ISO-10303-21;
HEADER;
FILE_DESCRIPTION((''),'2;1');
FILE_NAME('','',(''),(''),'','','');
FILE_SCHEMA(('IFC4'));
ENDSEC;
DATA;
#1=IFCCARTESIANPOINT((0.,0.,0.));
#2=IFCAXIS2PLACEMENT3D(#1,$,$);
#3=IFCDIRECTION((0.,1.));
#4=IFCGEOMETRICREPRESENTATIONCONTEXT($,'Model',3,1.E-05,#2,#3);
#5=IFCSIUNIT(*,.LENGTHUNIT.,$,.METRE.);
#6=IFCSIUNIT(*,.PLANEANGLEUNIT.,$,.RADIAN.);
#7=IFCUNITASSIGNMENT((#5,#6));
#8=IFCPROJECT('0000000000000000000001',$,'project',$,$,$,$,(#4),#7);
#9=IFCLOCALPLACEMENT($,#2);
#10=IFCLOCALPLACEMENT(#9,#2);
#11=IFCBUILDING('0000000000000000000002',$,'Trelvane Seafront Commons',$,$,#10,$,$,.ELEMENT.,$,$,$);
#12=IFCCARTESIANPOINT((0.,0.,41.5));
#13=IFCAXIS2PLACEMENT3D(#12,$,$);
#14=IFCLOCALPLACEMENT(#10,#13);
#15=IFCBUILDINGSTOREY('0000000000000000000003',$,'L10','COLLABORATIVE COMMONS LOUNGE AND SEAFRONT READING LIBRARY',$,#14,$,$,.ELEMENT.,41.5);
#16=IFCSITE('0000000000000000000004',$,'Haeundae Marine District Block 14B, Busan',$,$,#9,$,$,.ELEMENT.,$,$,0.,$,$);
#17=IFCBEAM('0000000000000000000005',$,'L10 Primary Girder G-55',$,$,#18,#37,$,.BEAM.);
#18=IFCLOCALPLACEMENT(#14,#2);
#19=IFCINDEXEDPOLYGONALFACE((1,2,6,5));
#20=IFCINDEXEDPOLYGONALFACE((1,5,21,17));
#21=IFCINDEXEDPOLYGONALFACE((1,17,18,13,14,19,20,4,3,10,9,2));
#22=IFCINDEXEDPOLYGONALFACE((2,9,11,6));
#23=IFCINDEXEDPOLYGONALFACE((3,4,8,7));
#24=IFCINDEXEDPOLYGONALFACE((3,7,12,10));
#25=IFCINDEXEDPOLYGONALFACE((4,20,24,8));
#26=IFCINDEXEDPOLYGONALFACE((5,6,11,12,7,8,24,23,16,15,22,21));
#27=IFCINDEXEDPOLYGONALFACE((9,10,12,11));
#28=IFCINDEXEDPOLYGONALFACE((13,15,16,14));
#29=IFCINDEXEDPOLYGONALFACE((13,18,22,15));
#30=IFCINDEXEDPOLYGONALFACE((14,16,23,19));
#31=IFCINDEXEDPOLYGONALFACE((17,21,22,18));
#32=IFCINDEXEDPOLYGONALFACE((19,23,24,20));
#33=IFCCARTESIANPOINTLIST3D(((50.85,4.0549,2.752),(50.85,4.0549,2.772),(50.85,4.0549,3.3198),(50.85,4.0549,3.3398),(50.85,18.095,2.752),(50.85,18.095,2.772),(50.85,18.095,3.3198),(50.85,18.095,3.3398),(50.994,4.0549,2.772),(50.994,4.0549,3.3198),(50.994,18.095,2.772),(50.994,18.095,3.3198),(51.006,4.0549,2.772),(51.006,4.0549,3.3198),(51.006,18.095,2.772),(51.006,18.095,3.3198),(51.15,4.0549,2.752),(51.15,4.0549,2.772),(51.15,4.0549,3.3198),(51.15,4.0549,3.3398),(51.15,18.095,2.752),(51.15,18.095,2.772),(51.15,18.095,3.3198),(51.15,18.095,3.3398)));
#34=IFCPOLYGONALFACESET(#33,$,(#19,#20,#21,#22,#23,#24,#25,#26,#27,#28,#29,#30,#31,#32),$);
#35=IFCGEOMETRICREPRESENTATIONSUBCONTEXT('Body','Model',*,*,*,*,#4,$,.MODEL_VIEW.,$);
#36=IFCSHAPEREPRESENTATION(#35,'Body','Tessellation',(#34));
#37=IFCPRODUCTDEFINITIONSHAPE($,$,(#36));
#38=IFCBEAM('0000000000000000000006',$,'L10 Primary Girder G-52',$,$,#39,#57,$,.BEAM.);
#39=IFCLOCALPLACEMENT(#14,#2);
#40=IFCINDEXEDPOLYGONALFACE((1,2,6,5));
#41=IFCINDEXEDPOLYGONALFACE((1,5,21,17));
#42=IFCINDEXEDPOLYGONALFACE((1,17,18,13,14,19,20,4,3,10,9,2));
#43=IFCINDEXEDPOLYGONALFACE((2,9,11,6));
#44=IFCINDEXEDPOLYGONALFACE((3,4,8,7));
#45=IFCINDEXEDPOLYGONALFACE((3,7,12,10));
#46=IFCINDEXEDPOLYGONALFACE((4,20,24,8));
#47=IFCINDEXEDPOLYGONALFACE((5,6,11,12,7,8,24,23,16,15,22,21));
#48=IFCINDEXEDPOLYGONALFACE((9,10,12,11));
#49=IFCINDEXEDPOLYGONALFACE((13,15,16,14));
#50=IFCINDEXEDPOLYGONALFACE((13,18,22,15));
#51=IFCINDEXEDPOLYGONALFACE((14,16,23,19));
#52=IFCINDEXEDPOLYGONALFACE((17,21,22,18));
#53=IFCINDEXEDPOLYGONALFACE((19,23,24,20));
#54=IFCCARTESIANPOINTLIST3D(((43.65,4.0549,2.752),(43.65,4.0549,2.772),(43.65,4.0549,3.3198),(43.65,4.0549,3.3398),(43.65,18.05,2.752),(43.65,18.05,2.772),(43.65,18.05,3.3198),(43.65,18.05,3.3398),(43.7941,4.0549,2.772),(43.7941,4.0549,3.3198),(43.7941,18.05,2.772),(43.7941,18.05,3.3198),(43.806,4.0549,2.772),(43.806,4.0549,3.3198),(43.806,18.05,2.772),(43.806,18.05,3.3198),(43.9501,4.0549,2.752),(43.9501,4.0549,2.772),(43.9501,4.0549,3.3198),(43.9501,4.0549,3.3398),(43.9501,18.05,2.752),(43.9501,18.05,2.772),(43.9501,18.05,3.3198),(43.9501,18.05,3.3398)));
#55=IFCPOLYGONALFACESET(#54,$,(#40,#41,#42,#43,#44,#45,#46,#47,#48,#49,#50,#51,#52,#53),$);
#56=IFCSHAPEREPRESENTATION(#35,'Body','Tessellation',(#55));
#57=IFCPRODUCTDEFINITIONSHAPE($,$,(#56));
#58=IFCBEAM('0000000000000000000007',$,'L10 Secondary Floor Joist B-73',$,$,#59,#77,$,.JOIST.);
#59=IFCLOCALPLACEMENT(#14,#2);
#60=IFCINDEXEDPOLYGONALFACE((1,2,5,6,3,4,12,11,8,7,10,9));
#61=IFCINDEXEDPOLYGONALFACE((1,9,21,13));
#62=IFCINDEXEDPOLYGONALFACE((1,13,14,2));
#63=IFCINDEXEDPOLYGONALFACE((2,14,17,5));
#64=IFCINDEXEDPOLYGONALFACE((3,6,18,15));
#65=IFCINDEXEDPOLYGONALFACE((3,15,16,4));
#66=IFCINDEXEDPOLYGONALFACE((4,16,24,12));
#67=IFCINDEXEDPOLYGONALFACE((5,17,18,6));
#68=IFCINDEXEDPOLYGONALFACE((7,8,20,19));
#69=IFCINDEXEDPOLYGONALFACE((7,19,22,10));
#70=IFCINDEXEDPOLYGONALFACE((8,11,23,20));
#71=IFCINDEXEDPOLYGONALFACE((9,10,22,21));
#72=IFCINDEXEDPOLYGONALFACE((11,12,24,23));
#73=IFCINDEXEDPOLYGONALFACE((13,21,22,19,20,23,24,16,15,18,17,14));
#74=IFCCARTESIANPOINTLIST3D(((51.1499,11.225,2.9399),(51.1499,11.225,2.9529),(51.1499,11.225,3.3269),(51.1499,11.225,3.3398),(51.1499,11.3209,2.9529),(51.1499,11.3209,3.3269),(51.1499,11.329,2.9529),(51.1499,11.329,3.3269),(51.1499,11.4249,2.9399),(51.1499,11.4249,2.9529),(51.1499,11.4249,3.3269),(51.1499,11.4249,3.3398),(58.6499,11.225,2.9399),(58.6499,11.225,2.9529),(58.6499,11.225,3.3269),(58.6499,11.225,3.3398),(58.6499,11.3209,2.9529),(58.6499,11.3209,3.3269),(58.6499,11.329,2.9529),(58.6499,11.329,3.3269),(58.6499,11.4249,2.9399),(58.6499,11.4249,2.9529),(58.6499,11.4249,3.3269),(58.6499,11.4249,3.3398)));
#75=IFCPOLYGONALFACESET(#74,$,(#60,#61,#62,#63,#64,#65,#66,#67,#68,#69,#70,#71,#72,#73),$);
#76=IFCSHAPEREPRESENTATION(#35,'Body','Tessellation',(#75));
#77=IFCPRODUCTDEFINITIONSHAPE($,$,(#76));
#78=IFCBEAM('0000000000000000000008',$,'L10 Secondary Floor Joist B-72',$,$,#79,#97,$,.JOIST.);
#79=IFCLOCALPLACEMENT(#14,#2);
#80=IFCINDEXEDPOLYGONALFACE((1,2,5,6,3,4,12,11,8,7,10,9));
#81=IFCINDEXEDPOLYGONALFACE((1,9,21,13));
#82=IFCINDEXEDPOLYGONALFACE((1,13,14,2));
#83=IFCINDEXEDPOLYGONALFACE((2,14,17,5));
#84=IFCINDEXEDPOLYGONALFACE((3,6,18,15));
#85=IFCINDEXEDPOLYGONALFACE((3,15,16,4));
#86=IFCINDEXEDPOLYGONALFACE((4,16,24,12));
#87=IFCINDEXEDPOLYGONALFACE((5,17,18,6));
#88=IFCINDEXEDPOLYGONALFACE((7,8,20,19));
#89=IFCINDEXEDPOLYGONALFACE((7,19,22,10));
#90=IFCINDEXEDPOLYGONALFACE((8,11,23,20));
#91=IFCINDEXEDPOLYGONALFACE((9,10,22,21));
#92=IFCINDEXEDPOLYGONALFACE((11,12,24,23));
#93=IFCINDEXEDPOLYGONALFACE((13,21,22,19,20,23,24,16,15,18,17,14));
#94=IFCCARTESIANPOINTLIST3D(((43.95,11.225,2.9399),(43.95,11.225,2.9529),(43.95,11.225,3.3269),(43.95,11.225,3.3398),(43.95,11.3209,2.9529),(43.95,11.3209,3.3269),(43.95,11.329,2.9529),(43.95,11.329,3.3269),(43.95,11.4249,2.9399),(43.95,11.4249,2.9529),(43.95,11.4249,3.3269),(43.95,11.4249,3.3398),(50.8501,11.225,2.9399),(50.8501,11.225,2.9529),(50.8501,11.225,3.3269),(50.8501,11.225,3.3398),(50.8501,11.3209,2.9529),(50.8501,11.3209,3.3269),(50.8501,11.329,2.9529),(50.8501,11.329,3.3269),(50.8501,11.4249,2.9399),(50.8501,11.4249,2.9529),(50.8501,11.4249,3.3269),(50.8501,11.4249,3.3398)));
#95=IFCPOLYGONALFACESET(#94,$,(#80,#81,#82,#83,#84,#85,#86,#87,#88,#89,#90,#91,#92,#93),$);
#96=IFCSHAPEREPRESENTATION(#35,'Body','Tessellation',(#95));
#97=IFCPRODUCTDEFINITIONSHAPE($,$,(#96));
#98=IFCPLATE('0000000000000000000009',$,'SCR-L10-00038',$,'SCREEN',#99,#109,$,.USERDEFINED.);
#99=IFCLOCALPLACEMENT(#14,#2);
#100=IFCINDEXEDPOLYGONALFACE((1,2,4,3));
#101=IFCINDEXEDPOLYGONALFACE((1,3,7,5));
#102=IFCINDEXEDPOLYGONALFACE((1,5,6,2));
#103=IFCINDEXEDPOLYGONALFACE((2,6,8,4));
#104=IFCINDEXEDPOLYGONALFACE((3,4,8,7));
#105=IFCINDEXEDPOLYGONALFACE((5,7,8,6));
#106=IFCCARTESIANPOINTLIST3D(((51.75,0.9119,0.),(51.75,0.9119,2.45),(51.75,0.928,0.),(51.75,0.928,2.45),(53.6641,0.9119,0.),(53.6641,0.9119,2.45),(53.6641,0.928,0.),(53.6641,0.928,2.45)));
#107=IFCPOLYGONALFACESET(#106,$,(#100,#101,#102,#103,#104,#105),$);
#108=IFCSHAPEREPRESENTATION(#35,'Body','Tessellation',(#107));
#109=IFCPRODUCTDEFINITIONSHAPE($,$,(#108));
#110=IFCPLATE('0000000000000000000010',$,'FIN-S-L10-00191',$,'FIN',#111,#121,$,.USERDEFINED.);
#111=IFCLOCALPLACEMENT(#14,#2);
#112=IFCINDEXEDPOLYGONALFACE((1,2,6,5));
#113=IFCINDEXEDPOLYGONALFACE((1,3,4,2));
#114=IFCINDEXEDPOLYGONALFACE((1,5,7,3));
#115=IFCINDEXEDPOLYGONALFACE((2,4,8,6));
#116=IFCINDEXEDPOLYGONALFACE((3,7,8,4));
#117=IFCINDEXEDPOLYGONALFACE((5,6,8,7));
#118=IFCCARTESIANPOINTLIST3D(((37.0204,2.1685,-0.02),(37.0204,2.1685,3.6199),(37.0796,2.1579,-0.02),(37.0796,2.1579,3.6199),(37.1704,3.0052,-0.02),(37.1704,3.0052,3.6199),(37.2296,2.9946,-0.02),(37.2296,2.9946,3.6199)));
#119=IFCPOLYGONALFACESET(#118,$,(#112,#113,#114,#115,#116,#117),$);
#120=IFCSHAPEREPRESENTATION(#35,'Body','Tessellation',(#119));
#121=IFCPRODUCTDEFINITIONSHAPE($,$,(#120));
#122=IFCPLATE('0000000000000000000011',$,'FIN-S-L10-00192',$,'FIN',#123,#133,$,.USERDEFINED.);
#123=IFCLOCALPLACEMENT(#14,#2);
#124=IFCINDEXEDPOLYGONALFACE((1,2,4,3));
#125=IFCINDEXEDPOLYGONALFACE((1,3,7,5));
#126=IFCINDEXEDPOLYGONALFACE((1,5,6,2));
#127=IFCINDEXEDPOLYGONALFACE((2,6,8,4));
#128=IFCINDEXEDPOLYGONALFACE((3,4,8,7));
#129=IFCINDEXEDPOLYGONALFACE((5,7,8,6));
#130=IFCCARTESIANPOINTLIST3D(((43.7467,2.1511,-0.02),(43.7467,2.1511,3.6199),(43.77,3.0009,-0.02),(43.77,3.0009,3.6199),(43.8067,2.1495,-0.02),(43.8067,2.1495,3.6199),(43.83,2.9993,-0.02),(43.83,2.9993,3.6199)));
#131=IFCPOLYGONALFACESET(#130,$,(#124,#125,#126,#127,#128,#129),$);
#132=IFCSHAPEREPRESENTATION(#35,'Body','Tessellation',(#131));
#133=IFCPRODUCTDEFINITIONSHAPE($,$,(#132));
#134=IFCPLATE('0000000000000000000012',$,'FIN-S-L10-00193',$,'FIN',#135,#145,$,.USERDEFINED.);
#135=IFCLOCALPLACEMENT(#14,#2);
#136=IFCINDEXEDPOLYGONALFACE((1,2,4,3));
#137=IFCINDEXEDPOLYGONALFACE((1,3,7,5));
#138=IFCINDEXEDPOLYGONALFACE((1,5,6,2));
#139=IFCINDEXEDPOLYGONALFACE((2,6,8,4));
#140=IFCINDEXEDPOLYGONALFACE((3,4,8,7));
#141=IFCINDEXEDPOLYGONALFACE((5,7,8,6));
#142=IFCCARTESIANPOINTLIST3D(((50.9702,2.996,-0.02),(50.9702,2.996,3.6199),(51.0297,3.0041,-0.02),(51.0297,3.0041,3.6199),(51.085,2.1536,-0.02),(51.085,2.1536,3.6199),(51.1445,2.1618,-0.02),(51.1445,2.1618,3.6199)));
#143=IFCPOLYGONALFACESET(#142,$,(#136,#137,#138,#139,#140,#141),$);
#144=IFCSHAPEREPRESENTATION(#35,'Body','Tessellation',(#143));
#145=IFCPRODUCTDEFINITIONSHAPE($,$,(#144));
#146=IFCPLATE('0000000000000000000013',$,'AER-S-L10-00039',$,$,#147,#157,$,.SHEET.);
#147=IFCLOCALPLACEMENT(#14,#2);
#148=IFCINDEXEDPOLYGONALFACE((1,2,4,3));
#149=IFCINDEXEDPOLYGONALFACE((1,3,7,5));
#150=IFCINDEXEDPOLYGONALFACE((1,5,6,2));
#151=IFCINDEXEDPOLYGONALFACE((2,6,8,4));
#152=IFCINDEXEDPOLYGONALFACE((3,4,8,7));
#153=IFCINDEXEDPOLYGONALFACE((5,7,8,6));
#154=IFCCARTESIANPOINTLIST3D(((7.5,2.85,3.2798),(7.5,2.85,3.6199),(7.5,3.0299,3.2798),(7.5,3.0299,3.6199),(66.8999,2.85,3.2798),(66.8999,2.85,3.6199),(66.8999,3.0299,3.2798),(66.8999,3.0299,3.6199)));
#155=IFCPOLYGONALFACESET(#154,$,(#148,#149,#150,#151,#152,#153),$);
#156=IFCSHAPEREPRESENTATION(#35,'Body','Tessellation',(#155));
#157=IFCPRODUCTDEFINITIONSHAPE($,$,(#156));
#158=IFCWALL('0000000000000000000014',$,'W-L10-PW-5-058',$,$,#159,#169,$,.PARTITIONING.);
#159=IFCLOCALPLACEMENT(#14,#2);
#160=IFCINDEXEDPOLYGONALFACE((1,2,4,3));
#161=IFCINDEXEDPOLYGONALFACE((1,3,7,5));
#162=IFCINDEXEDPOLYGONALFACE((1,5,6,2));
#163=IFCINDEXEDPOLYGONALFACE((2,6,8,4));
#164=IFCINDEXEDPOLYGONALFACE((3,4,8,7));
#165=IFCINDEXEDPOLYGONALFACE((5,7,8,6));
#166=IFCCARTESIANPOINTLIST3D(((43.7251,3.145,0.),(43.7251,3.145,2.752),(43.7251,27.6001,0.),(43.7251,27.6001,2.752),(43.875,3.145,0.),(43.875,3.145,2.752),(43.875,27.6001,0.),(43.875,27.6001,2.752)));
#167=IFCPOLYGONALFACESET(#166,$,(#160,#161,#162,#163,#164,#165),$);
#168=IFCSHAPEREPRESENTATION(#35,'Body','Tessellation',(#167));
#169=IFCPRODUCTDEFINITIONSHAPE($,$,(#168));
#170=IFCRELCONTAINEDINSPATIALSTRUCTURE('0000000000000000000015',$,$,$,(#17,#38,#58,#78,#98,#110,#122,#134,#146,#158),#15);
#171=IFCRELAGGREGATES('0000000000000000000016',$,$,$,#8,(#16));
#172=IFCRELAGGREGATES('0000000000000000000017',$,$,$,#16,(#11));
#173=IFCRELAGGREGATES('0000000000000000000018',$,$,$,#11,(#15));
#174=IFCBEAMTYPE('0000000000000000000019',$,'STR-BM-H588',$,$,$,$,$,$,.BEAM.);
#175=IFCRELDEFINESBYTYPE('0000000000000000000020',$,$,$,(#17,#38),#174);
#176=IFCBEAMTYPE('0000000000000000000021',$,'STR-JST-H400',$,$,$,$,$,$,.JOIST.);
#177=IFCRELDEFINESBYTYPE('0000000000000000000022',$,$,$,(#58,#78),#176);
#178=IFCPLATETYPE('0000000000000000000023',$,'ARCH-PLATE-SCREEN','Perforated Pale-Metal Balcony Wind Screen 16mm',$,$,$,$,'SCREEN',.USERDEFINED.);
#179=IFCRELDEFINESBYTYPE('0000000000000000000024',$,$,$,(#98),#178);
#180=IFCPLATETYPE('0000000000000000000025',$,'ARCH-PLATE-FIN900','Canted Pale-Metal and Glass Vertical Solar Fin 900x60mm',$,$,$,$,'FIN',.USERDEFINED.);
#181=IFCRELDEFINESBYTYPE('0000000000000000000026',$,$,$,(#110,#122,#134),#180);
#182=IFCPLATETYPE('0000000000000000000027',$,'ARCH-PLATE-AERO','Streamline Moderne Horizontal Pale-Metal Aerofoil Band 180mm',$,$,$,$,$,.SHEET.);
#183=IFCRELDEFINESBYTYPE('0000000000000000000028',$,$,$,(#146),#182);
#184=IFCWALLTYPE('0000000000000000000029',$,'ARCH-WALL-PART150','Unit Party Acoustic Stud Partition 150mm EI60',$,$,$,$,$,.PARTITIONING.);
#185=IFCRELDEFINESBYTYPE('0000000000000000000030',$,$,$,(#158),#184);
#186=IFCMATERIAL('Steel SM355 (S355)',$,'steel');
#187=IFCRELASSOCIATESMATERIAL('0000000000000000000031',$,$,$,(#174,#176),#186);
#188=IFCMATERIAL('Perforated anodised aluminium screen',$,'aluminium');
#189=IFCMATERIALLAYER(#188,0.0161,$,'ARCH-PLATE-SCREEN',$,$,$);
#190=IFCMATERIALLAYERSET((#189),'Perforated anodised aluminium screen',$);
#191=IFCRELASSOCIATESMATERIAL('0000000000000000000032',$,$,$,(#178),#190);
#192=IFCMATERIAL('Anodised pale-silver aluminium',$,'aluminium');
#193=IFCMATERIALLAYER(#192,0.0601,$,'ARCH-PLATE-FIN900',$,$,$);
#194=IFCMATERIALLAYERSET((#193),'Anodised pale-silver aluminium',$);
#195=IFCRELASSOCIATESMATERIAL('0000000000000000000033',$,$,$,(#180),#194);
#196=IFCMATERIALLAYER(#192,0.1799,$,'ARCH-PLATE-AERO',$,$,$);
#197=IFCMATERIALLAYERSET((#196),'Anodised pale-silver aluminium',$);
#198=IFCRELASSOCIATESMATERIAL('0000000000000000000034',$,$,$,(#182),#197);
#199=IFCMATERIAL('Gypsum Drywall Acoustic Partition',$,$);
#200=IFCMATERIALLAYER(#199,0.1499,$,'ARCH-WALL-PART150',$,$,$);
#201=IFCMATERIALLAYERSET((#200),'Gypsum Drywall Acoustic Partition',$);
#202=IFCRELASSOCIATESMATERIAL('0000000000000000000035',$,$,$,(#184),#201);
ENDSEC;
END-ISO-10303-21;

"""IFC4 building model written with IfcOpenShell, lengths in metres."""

from ifc_helpers import new_model, si_unit, direction, frame, frame_2d, origin, origin_2d, place, context, subcontext, project, spatial, rectangle, i_section, extrude, source, transform, mapped, material, layer, layer_set, material_profile, profile_set, type_object, element, save


model = new_model("IFC4")

# Units and contexts
model_context = context("Model", 3, precision=1e-05, world=origin(), true_north=direction((0.0, 1.0)))
body_context = subcontext(model_context, "Body", "Model", "MODEL_VIEW")
ifc_project = project(units=[si_unit("LENGTHUNIT", "METRE"), si_unit("PLANEANGLEUNIT", "RADIAN")], contexts=[model_context])

# Site, building, storey
site_placement = place(None, origin())
site = spatial("IfcSite", under=ifc_project, at=site_placement, Name="Haeundae Marine District Block 14B, Busan", CompositionType="ELEMENT", RefElevation=0.0)
building_placement = place(site_placement, origin())
building = spatial("IfcBuilding", under=site, at=building_placement, Name="Trelvane Seafront Commons", CompositionType="ELEMENT")
storey_placement = place(building_placement, frame((0.0, 0.0, 41.5)))
storey = spatial("IfcBuildingStorey", under=building, at=storey_placement, Name="L10", Description="COLLABORATIVE COMMONS LOUNGE AND SEAFRONT READING LIBRARY", CompositionType="ELEMENT", Elevation=41.5)

# Shared definitions
ifc_material_1 = material(Name="Steel SM355 (S355)", Category="steel")

# Beams
ifc_material_profile_1 = material_profile(ifc_material_1, i_section(OverallWidth=0.3, OverallDepth=0.5879, WebThickness=0.012, FlangeThickness=0.02, at=origin_2d()), Name="H-588x300x12x20")
ifc_profile_set_1 = profile_set([ifc_material_profile_1], Name="Steel SM355 (S355)")
beam_type_1 = type_object("IfcBeamType", Name="STR-BM-H588", PredefinedType="BEAM", material=ifc_profile_set_1)
shared_shape_1 = source(origin(), body_context, "Body", "SweptSolid", [
    extrude(i_section(OverallWidth=0.3, OverallDepth=0.5879, WebThickness=0.012, FlangeThickness=0.02, at=origin_2d()), origin(), (0.0, 0.0, 1.0), 14.04),
])
beam_1_placement = place(storey_placement, frame((51.0, 4.0549, 3.0459), z_axis=(0.0, 1.0, 0.0), x_axis=(-1.0, 0.0, 0.0)))
element("IfcBeam", 1, at=beam_1_placement, inside=storey, type_object=beam_type_1, Name="L10 Primary Girder G-55", PredefinedType="BEAM", context=body_context, shape_type="MappedRepresentation", body=[
    mapped(shared_shape_1, transform((0.0, 0.0, 0.0), x_axis=(1.0, 0.0, 0.0), y_axis=(0.0, 1.0, 0.0), z_axis=(0.0, 0.0, 1.0), scale=1.0)),
])
shared_shape_2 = source(origin(), body_context, "Body", "SweptSolid", [
    extrude(i_section(OverallWidth=0.3, OverallDepth=0.5879, WebThickness=0.012, FlangeThickness=0.02, at=origin_2d()), origin(), (0.0, 0.0, 1.0), 13.9951),
])
beam_2_placement = place(storey_placement, frame((43.8, 4.0549, 3.0459), z_axis=(0.0, 1.0, 0.0), x_axis=(-1.0, 0.0, 0.0)))
element("IfcBeam", 2, at=beam_2_placement, inside=storey, type_object=beam_type_1, Name="L10 Primary Girder G-52", PredefinedType="BEAM", context=body_context, shape_type="MappedRepresentation", body=[
    mapped(shared_shape_2, transform((0.0, 0.0, 0.0), x_axis=(1.0, 0.0, 0.0), y_axis=(0.0, 1.0, 0.0), z_axis=(0.0, 0.0, 1.0), scale=1.0)),
])
ifc_material_profile_2 = material_profile(ifc_material_1, i_section(OverallWidth=0.2, OverallDepth=0.3999, WebThickness=0.0081, FlangeThickness=0.0129, at=origin_2d()), Name="H-400x200x8x13")
ifc_profile_set_2 = profile_set([ifc_material_profile_2], Name="Steel SM355 (S355)")
beam_type_2 = type_object("IfcBeamType", Name="STR-JST-H400", PredefinedType="JOIST", material=ifc_profile_set_2)
shared_shape_3 = source(origin(), body_context, "Body", "SweptSolid", [
    extrude(i_section(OverallWidth=0.2, OverallDepth=0.3999, WebThickness=0.0081, FlangeThickness=0.0129, at=origin_2d()), origin(), (0.0, 0.0, 1.0), 7.5),
])
beam_3_placement = place(storey_placement, frame((51.1499, 11.325, 3.1399), z_axis=(1.0, 0.0, 0.0), x_axis=(0.0, 1.0, 0.0)))
element("IfcBeam", 3, at=beam_3_placement, inside=storey, type_object=beam_type_2, Name="L10 Secondary Floor Joist B-73", PredefinedType="JOIST", context=body_context, shape_type="MappedRepresentation", body=[
    mapped(shared_shape_3, transform((0.0, 0.0, 0.0), x_axis=(1.0, 0.0, 0.0), y_axis=(0.0, 1.0, 0.0), z_axis=(0.0, 0.0, 1.0), scale=1.0)),
])
shared_shape_4 = source(origin(), body_context, "Body", "SweptSolid", [
    extrude(i_section(OverallWidth=0.2, OverallDepth=0.3999, WebThickness=0.0081, FlangeThickness=0.0129, at=origin_2d()), origin(), (0.0, 0.0, 1.0), 6.9001),
])
beam_4_placement = place(storey_placement, frame((43.95, 11.325, 3.1399), z_axis=(1.0, 0.0, 0.0), x_axis=(0.0, 1.0, 0.0)))
element("IfcBeam", 4, at=beam_4_placement, inside=storey, type_object=beam_type_2, Name="L10 Secondary Floor Joist B-72", PredefinedType="JOIST", context=body_context, shape_type="MappedRepresentation", body=[
    mapped(shared_shape_4, transform((0.0, 0.0, 0.0), x_axis=(1.0, 0.0, 0.0), y_axis=(0.0, 1.0, 0.0), z_axis=(0.0, 0.0, 1.0), scale=1.0)),
])

# Plates
ifc_material_2 = material(Name="Perforated anodised aluminium screen", Category="aluminium")
ifc_layer_1 = layer(ifc_material_2, 0.0161, Name="ARCH-PLATE-SCREEN")
ifc_layer_set_1 = layer_set([ifc_layer_1], Name="Perforated anodised aluminium screen")
plate_type_1 = type_object("IfcPlateType", Name="ARCH-PLATE-SCREEN", Description="Perforated Pale-Metal Balcony Wind Screen 16mm", ElementType="SCREEN", PredefinedType="USERDEFINED", material=ifc_layer_set_1)
shared_shape_5 = source(origin(), body_context, "Body", "SweptSolid", [
    extrude(rectangle(XDim=1.9141, YDim=0.0161, at=origin_2d()), origin(), (0.0, 0.0, 1.0), 2.45),
])
plate_1_placement = place(storey_placement, frame((52.707, 0.9199, 0.0), z_axis=(0.0, 0.0, 1.0), x_axis=(1.0, 0.0, 0.0)))
element("IfcPlate", 5, at=plate_1_placement, inside=storey, type_object=plate_type_1, Name="SCR-L10-00038", ObjectType="SCREEN", PredefinedType="USERDEFINED", context=body_context, shape_type="MappedRepresentation", body=[
    mapped(shared_shape_5, transform((0.0, 0.0, 0.0), x_axis=(1.0, 0.0, 0.0), y_axis=(0.0, 1.0, 0.0), z_axis=(0.0, 0.0, 1.0), scale=1.0)),
])
ifc_material_3 = material(Name="Anodised pale-silver aluminium", Category="aluminium")
ifc_layer_2 = layer(ifc_material_3, 0.0601, Name="ARCH-PLATE-FIN900")
ifc_layer_set_2 = layer_set([ifc_layer_2], Name="Anodised pale-silver aluminium")
plate_type_2 = type_object("IfcPlateType", Name="ARCH-PLATE-FIN900", Description="Canted Pale-Metal and Glass Vertical Solar Fin 900x60mm", ElementType="FIN", PredefinedType="USERDEFINED", material=ifc_layer_set_2)
shared_shape_6 = source(origin(), body_context, "Body", "SweptSolid", [
    extrude(rectangle(XDim=0.8501, YDim=0.0601, at=origin_2d()), origin(), (0.0, 0.0, 1.0), 3.6399),
])
for number, where, z_axis, x_axis, name in (
    (6, (37.125, 2.5815, -0.02), (0.0, 0.0, 1.0), (-0.176463, -0.984307, 0.0), "FIN-S-L10-00191"),
    (7, (43.7883, 2.5752, -0.02), (0.0, 0.0, 1.0), (-0.02741, -0.999624, 0.0), "FIN-S-L10-00192"),
    (8, (51.0574, 2.5789, -0.02), (0.0, 0.0, 1.0), (0.13506, -0.990837, 0.0), "FIN-S-L10-00193"),
):
    element("IfcPlate", number, at=place(storey_placement, frame(where, z_axis=z_axis, x_axis=x_axis)), inside=storey, type_object=plate_type_2, Name=name, ObjectType="FIN", PredefinedType="USERDEFINED", context=body_context, shape_type="MappedRepresentation", body=[
        mapped(shared_shape_6, transform((0.0, 0.0, 0.0), x_axis=(1.0, 0.0, 0.0), y_axis=(0.0, 1.0, 0.0), z_axis=(0.0, 0.0, 1.0), scale=1.0)),
    ])
ifc_layer_3 = layer(ifc_material_3, 0.1799, Name="ARCH-PLATE-AERO")
ifc_layer_set_3 = layer_set([ifc_layer_3], Name="Anodised pale-silver aluminium")
plate_type_3 = type_object("IfcPlateType", Name="ARCH-PLATE-AERO", Description="Streamline Moderne Horizontal Pale-Metal Aerofoil Band 180mm", PredefinedType="SHEET", material=ifc_layer_set_3)
shared_shape_7 = source(origin(), body_context, "Body", "SweptSolid", [
    extrude(rectangle(XDim=59.3999, YDim=0.1799, at=origin_2d()), origin(), (0.0, 0.0, 1.0), 0.3401),
])
plate_2_placement = place(storey_placement, frame((37.2, 2.9399, 3.2798), z_axis=(0.0, 0.0, 1.0), x_axis=(-1.0, 0.0, 0.0)))
element("IfcPlate", 9, at=plate_2_placement, inside=storey, type_object=plate_type_3, Name="AER-S-L10-00039", PredefinedType="SHEET", context=body_context, shape_type="MappedRepresentation", body=[
    mapped(shared_shape_7, transform((0.0, 0.0, 0.0), x_axis=(1.0, 0.0, 0.0), y_axis=(0.0, 1.0, 0.0), z_axis=(0.0, 0.0, 1.0), scale=1.0)),
])

# Wall
ifc_material_4 = material(Name="Gypsum Drywall Acoustic Partition")
ifc_layer_4 = layer(ifc_material_4, 0.1499, Name="ARCH-WALL-PART150")
ifc_layer_set_4 = layer_set([ifc_layer_4], Name="Gypsum Drywall Acoustic Partition")
wall_type = type_object("IfcWallType", Name="ARCH-WALL-PART150", Description="Unit Party Acoustic Stud Partition 150mm EI60", PredefinedType="PARTITIONING", material=ifc_layer_set_4)
for number, where, z_axis, x_axis, name in (
    (10, (43.8, 3.145, 0.0), (0.0, 0.0, 1.0), (0.0, 1.0, 0.0), "W-L10-PW-5-058"),
):
    element("IfcWall", number, at=place(storey_placement, frame(where, z_axis=z_axis, x_axis=x_axis)), inside=storey, type_object=wall_type, Name=name, PredefinedType="PARTITIONING", context=body_context, shape_type="SweptSolid", body=[
        extrude(rectangle(XDim=24.4551, YDim=0.1499, at=frame_2d((12.2275, 0.0))), origin(), (0.0, 0.0, 1.0), 2.752),
    ])

save(model, "model.ifc")
